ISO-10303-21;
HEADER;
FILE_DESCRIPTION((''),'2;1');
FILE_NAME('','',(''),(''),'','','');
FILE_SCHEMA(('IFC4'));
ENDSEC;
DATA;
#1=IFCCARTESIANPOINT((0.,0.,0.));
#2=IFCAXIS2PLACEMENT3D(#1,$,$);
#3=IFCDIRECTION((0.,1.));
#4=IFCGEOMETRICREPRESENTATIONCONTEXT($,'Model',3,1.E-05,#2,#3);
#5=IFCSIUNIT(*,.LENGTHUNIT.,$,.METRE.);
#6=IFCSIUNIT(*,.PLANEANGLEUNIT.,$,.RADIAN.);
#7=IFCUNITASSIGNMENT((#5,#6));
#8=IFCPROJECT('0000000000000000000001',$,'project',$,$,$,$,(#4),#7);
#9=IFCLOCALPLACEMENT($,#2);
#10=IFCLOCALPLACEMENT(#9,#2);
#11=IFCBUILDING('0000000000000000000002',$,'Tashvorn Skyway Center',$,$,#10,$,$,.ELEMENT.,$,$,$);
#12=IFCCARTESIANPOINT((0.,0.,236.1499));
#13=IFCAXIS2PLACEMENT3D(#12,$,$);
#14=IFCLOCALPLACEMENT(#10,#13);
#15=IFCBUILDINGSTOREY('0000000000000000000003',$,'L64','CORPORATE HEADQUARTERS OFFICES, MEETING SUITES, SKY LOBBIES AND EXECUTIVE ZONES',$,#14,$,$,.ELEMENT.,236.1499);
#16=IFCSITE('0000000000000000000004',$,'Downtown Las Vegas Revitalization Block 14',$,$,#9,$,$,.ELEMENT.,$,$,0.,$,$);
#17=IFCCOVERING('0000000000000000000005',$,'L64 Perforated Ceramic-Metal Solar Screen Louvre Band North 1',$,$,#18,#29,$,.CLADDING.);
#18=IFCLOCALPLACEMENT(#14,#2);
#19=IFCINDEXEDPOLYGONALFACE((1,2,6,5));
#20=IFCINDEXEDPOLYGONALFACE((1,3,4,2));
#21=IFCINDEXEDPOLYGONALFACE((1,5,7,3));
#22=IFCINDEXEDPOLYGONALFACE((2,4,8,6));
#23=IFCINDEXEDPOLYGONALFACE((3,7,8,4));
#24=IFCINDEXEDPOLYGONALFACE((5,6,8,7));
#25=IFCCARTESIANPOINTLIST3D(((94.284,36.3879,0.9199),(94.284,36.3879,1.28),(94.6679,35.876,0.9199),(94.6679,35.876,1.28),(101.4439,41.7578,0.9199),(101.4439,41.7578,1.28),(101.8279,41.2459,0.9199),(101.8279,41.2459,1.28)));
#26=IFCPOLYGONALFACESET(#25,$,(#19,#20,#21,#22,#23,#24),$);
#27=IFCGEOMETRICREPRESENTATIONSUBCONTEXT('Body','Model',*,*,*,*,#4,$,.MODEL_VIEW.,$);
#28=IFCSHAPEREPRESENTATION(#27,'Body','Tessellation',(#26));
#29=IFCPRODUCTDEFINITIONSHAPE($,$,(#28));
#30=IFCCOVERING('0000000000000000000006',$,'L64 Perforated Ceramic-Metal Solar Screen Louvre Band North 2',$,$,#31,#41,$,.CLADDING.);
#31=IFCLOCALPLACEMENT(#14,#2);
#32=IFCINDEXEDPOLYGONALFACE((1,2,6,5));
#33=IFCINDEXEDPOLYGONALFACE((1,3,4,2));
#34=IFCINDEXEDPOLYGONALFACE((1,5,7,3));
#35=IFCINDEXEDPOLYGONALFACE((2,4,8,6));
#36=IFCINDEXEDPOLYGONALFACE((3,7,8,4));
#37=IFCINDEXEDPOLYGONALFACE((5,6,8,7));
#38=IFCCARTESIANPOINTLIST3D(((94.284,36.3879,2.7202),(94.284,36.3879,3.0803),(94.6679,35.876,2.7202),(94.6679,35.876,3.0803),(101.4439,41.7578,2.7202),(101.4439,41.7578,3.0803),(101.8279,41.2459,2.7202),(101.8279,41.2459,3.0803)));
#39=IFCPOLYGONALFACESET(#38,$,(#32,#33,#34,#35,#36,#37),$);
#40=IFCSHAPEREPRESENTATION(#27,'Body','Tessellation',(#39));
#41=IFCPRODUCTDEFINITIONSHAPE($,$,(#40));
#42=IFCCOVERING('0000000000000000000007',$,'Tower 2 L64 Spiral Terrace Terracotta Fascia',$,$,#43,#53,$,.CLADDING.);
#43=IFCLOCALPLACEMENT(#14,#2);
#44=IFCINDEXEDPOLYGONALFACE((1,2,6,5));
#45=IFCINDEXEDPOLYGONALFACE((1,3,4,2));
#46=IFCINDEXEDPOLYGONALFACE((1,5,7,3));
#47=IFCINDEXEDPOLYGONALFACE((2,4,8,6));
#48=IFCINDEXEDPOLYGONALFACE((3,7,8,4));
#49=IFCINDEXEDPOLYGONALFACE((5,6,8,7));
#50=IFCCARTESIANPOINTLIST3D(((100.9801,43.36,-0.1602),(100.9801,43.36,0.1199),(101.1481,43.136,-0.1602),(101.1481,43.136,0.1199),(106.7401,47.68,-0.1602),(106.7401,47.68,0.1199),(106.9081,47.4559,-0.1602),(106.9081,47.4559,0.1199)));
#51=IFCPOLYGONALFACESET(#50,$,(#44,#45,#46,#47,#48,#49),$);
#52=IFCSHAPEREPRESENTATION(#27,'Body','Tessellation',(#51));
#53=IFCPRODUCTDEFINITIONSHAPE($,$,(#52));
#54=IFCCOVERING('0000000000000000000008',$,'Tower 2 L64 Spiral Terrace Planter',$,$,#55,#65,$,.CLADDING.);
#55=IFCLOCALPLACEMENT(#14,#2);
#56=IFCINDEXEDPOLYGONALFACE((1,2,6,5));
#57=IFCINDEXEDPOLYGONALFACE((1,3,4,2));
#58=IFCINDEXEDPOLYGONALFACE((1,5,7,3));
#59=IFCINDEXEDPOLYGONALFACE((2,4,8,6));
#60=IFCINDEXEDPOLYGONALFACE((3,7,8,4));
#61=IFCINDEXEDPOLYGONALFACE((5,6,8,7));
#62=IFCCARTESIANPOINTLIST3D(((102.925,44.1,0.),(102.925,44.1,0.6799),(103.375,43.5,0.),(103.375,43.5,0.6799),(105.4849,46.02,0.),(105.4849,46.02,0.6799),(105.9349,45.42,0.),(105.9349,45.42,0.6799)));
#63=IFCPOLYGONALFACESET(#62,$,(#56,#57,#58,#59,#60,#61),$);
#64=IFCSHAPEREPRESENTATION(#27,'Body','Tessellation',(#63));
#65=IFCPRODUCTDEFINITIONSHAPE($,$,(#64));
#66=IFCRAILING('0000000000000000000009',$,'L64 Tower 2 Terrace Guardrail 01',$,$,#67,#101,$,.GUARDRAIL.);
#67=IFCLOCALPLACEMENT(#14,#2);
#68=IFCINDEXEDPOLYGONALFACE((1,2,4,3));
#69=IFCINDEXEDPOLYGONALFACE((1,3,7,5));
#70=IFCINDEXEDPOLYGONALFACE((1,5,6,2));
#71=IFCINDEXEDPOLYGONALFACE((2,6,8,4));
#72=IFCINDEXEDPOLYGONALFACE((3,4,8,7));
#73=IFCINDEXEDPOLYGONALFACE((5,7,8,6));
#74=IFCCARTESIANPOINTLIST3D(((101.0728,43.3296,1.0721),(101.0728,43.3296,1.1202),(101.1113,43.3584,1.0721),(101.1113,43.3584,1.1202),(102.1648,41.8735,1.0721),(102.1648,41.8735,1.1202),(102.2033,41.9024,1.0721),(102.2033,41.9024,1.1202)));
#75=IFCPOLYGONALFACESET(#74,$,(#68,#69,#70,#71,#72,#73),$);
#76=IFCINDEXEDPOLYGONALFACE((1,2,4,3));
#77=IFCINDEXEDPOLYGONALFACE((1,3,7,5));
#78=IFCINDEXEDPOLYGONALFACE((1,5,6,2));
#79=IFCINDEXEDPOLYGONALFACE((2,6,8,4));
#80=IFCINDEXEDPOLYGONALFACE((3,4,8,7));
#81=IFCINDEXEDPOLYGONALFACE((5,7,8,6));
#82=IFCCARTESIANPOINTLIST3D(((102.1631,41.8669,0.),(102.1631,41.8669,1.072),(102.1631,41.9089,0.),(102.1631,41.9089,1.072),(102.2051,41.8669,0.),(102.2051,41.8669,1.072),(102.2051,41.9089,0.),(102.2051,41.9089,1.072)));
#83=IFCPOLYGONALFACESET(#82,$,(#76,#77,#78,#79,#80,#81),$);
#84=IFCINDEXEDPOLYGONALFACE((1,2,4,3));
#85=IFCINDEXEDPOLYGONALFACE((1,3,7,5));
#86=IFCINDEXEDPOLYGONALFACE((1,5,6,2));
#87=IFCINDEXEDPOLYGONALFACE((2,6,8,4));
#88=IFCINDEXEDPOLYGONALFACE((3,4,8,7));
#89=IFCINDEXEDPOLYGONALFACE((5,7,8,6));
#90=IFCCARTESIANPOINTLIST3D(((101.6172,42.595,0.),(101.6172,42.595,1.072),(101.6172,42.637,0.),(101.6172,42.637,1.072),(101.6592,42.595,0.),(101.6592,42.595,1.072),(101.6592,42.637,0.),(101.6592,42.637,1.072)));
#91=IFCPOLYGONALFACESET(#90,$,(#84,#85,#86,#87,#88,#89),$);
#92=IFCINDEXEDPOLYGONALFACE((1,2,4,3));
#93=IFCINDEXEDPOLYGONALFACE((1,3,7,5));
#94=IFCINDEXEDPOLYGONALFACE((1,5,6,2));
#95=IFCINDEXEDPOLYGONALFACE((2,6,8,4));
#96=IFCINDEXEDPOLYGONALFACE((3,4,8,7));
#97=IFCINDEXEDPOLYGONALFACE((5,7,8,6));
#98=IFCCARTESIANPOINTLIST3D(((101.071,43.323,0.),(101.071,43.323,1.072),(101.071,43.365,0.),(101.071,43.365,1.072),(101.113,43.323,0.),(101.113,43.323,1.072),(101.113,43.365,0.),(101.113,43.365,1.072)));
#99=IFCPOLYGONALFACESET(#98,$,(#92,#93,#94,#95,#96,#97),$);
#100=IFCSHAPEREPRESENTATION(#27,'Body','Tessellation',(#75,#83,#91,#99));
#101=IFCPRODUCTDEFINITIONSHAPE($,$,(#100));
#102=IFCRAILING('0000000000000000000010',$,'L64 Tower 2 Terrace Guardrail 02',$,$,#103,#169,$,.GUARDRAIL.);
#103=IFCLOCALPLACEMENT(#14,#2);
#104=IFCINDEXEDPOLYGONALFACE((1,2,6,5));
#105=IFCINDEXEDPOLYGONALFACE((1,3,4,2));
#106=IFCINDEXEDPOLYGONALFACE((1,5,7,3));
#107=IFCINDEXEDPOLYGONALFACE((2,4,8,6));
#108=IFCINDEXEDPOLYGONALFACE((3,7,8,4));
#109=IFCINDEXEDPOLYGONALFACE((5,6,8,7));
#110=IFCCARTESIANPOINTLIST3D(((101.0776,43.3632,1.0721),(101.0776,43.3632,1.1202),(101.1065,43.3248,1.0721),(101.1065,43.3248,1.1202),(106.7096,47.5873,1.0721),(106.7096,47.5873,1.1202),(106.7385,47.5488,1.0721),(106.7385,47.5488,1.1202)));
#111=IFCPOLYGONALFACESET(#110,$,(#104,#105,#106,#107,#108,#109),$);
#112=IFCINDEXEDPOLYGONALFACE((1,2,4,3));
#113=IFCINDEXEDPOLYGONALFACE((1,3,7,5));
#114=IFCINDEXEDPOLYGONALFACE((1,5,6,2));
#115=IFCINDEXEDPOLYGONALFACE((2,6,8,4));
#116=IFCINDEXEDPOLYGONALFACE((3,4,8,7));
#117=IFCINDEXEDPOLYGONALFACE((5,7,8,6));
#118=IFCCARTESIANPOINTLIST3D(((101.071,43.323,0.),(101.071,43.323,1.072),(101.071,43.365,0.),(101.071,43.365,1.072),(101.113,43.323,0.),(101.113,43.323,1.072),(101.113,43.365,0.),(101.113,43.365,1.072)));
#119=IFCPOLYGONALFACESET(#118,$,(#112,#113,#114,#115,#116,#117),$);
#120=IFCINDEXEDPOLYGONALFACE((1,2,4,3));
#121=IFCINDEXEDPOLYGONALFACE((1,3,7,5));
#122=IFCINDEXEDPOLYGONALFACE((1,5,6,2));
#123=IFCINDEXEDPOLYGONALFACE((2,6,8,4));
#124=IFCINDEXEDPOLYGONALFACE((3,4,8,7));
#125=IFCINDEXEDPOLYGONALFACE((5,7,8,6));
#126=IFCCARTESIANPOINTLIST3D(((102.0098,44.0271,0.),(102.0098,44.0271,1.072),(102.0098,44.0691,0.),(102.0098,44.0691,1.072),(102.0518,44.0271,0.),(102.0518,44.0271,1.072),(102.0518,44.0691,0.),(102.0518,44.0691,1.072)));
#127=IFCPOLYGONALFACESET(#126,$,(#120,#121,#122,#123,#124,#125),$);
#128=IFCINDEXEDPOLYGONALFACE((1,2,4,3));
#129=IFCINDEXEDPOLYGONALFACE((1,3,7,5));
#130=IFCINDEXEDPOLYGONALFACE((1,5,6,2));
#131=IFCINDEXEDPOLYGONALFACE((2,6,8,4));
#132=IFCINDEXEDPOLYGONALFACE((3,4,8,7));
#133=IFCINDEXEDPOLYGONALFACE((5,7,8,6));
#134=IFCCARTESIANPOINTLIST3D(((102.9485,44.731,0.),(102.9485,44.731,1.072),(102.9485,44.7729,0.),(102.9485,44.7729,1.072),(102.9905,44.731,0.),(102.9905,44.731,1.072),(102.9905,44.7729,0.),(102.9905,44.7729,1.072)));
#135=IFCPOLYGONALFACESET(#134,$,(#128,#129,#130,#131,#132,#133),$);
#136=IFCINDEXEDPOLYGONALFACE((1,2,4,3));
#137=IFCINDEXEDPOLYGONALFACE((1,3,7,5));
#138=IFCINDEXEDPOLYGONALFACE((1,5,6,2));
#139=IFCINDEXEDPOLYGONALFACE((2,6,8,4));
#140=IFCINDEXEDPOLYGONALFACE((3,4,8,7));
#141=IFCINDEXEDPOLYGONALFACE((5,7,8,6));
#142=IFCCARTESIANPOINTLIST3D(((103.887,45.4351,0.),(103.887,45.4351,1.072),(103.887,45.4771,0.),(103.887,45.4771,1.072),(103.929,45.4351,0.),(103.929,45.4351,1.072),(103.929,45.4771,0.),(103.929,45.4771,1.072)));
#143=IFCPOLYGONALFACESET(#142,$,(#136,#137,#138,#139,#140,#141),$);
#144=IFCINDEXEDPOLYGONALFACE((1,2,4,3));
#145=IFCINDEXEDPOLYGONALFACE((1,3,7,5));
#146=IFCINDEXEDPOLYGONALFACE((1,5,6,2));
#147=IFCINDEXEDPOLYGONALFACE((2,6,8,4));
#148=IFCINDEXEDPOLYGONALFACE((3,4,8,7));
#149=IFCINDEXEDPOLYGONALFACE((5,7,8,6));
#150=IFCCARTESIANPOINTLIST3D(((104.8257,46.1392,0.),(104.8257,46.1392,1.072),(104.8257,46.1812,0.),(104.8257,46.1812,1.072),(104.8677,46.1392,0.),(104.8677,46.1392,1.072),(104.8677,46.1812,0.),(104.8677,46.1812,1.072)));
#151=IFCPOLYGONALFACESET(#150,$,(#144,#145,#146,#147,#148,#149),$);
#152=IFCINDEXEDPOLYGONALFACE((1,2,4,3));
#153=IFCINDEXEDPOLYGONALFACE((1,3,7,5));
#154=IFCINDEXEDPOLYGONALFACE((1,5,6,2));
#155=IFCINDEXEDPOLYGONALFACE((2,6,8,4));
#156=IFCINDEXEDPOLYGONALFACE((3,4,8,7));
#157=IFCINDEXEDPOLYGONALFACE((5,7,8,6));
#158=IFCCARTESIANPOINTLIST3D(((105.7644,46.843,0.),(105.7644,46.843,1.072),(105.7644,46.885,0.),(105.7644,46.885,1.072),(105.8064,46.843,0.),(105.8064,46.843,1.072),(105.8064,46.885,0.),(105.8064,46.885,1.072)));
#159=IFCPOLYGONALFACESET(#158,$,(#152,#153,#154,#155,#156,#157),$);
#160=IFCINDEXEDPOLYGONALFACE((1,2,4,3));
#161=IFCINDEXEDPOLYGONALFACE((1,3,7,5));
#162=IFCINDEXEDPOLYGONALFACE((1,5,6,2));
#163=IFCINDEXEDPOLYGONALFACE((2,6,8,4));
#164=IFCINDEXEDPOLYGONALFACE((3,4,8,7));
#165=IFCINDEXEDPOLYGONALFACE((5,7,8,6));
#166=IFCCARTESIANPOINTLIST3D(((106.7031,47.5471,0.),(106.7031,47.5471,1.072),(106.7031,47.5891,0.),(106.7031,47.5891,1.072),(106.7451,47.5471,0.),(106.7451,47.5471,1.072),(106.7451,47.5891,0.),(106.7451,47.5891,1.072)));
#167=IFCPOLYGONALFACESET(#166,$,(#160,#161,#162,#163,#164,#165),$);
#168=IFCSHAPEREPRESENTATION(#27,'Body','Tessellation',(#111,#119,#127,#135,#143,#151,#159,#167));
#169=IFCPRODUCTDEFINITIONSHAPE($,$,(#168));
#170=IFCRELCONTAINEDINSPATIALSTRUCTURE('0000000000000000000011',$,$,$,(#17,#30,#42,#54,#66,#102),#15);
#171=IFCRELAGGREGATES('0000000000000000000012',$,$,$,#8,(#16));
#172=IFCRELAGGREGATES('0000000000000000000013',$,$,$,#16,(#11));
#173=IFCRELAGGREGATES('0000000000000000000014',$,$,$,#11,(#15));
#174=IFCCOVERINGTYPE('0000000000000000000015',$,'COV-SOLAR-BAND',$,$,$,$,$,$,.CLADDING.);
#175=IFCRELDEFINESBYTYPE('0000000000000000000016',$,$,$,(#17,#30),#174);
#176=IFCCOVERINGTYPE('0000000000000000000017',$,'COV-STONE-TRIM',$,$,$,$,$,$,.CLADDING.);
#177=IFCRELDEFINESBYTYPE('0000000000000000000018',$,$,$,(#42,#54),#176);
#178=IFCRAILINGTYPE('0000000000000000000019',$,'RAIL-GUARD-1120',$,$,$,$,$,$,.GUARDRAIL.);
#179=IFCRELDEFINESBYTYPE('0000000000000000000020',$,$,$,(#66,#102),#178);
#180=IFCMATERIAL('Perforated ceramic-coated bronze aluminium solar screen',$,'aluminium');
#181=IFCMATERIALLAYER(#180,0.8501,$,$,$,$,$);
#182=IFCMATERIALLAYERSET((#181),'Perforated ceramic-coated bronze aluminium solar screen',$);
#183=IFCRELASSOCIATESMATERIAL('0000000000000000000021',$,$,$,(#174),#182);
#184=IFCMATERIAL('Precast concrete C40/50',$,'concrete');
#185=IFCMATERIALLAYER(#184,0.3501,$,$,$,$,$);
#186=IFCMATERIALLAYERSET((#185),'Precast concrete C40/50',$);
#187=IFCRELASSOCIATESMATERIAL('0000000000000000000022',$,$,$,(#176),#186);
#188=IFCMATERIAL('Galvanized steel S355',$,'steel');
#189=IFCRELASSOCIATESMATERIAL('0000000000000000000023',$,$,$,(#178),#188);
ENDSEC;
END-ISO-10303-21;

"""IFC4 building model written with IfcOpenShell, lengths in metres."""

from ifc_helpers import new_model, si_unit, direction, frame, origin, origin_2d, place, context, subcontext, project, spatial, rectangle, extrude, material, layer, layer_set, type_object, element, save


model = new_model("IFC4")

# Units and contexts
model_context = context("Model", 3, precision=1e-05, world=origin(), true_north=direction((0.0, 1.0)))
body_context = subcontext(model_context, "Body", "Model", "MODEL_VIEW")
ifc_project = project(units=[si_unit("LENGTHUNIT", "METRE"), si_unit("PLANEANGLEUNIT", "RADIAN")], contexts=[model_context])

# Site, building, storey
site_placement = place(None, origin())
site = spatial("IfcSite", under=ifc_project, at=site_placement, Name="Downtown Las Vegas Revitalization Block 14", CompositionType="ELEMENT", RefElevation=0.0)
building_placement = place(site_placement, origin())
building = spatial("IfcBuilding", under=site, at=building_placement, Name="Tashvorn Skyway Center", CompositionType="ELEMENT")
storey_placement = place(building_placement, frame((0.0, 0.0, 236.1499)))
storey = spatial("IfcBuildingStorey", under=building, at=storey_placement, Name="L64", Description="CORPORATE HEADQUARTERS OFFICES, MEETING SUITES, SKY LOBBIES AND EXECUTIVE ZONES", CompositionType="ELEMENT", Elevation=236.1499)

# Shared definitions
ifc_material_1 = material(Name="Precast concrete C40/50", Category="concrete")

# Coverings
ifc_material_2 = material(Name="Perforated ceramic-coated bronze aluminium solar screen", Category="aluminium")
ifc_layer_1 = layer(ifc_material_2, 0.8501)
ifc_layer_set_1 = layer_set([ifc_layer_1], Name="Perforated ceramic-coated bronze aluminium solar screen")
covering_type_1 = type_object("IfcCoveringType", Name="COV-SOLAR-BAND", PredefinedType="CLADDING", material=ifc_layer_set_1)
for number, where, z_axis, x_axis, name in (
    (1, (98.0559, 38.8169, 0.9199), (0.0, 0.0, 1.0), (0.8, 0.6, 0.0), "L64 Perforated Ceramic-Metal Solar Screen Louvre Band North 1"),
    (2, (98.0559, 38.8169, 2.7202), (0.0, 0.0, 1.0), (0.8, 0.6, 0.0), "L64 Perforated Ceramic-Metal Solar Screen Louvre Band North 2"),
):
    element("IfcCovering", number, at=place(storey_placement, frame(where, z_axis=z_axis, x_axis=x_axis)), inside=storey, type_object=covering_type_1, Name=name, PredefinedType="CLADDING", context=body_context, shape_type="SweptSolid", body=[
        extrude(rectangle(XDim=8.95, YDim=0.6399, at=origin_2d()), origin(), (0.0, 0.0, 1.0), 0.3601),
    ])
ifc_layer_2 = layer(ifc_material_1, 0.3501)
ifc_layer_set_2 = layer_set([ifc_layer_2], Name="Precast concrete C40/50")
covering_type_2 = type_object("IfcCoveringType", Name="COV-STONE-TRIM", PredefinedType="CLADDING", material=ifc_layer_set_2)
covering_1_placement = place(storey_placement, frame((103.9441, 45.408, -0.1602), z_axis=(0.0, 0.0, 1.0), x_axis=(0.8, 0.6, 0.0)))
element("IfcCovering", 3, at=covering_1_placement, inside=storey, type_object=covering_type_2, Name="Tower 2 L64 Spiral Terrace Terracotta Fascia", PredefinedType="CLADDING", context=body_context, shape_type="SweptSolid", body=[
    extrude(rectangle(XDim=7.2, YDim=0.28, at=origin_2d()), origin(), (0.0, 0.0, 1.0), 0.28),
])
covering_2_placement = place(storey_placement, frame((104.4299, 44.76, 0.0), z_axis=(0.0, 0.0, 1.0), x_axis=(0.8, 0.6, 0.0)))
element("IfcCovering", 4, at=covering_2_placement, inside=storey, type_object=covering_type_2, Name="Tower 2 L64 Spiral Terrace Planter", PredefinedType="CLADDING", context=body_context, shape_type="SweptSolid", body=[
    extrude(rectangle(XDim=3.2, YDim=0.75, at=origin_2d()), origin(), (0.0, 0.0, 1.0), 0.6799),
])

# Railings
ifc_material_3 = material(Name="Galvanized steel S355", Category="steel")
railing_type = type_object("IfcRailingType", Name="RAIL-GUARD-1120", PredefinedType="GUARDRAIL", material=ifc_material_3)
railing_1_placement = place(storey_placement, frame((102.1841, 41.8879, 0.0)))
element("IfcRailing", 5, at=railing_1_placement, inside=storey, type_object=railing_type, Name="L64 Tower 2 Terrace Guardrail 01", PredefinedType="GUARDRAIL", context=body_context, shape_type="SweptSolid", body=[
    extrude(rectangle(XDim=0.0481, YDim=0.0481, at=origin_2d()), frame((0.0, 0.0, 1.0962), z_axis=(-0.6, 0.8, 0.0), x_axis=(-0.8, -0.6, 0.0)), (0.0, 0.0, 1.0), 1.8201),
    extrude(rectangle(XDim=0.042, YDim=0.042, at=origin_2d()), origin(), (0.0, 0.0, 1.0), 1.072),
    extrude(rectangle(XDim=0.042, YDim=0.042, at=origin_2d()), frame((-0.5459, 0.728, 0.0)), (0.0, 0.0, 1.0), 1.072),
    extrude(rectangle(XDim=0.042, YDim=0.042, at=origin_2d()), frame((-1.092, 1.4561, 0.0)), (0.0, 0.0, 1.0), 1.072),
])
railing_2_placement = place(storey_placement, frame((101.092, 43.344, 0.0)))
element("IfcRailing", 6, at=railing_2_placement, inside=storey, type_object=railing_type, Name="L64 Tower 2 Terrace Guardrail 02", PredefinedType="GUARDRAIL", context=body_context, shape_type="SweptSolid", body=[
    extrude(rectangle(XDim=0.0481, YDim=0.0481, at=origin_2d()), frame((0.0, 0.0, 1.0962), z_axis=(0.799996, 0.600006, 0.0), x_axis=(-0.600006, 0.799996, 0.0)), (0.0, 0.0, 1.0), 7.04),
    extrude(rectangle(XDim=0.042, YDim=0.042, at=origin_2d()), origin(), (0.0, 0.0, 1.0), 1.072),
    extrude(rectangle(XDim=0.042, YDim=0.042, at=origin_2d()), frame((0.9387, 0.7041, 0.0)), (0.0, 0.0, 1.0), 1.072),
    extrude(rectangle(XDim=0.042, YDim=0.042, at=origin_2d()), frame((1.8774, 1.408, 0.0)), (0.0, 0.0, 1.0), 1.072),
    extrude(rectangle(XDim=0.042, YDim=0.042, at=origin_2d()), frame((2.8159, 2.1121, 0.0)), (0.0, 0.0, 1.0), 1.072),
    extrude(rectangle(XDim=0.042, YDim=0.042, at=origin_2d()), frame((3.7546, 2.8162, 0.0)), (0.0, 0.0, 1.0), 1.072),
    extrude(rectangle(XDim=0.042, YDim=0.042, at=origin_2d()), frame((4.6934, 3.52, 0.0)), (0.0, 0.0, 1.0), 1.072),
    extrude(rectangle(XDim=0.042, YDim=0.042, at=origin_2d()), frame((5.6321, 4.2241, 0.0)), (0.0, 0.0, 1.0), 1.072),
])

save(model, "model.ifc")
